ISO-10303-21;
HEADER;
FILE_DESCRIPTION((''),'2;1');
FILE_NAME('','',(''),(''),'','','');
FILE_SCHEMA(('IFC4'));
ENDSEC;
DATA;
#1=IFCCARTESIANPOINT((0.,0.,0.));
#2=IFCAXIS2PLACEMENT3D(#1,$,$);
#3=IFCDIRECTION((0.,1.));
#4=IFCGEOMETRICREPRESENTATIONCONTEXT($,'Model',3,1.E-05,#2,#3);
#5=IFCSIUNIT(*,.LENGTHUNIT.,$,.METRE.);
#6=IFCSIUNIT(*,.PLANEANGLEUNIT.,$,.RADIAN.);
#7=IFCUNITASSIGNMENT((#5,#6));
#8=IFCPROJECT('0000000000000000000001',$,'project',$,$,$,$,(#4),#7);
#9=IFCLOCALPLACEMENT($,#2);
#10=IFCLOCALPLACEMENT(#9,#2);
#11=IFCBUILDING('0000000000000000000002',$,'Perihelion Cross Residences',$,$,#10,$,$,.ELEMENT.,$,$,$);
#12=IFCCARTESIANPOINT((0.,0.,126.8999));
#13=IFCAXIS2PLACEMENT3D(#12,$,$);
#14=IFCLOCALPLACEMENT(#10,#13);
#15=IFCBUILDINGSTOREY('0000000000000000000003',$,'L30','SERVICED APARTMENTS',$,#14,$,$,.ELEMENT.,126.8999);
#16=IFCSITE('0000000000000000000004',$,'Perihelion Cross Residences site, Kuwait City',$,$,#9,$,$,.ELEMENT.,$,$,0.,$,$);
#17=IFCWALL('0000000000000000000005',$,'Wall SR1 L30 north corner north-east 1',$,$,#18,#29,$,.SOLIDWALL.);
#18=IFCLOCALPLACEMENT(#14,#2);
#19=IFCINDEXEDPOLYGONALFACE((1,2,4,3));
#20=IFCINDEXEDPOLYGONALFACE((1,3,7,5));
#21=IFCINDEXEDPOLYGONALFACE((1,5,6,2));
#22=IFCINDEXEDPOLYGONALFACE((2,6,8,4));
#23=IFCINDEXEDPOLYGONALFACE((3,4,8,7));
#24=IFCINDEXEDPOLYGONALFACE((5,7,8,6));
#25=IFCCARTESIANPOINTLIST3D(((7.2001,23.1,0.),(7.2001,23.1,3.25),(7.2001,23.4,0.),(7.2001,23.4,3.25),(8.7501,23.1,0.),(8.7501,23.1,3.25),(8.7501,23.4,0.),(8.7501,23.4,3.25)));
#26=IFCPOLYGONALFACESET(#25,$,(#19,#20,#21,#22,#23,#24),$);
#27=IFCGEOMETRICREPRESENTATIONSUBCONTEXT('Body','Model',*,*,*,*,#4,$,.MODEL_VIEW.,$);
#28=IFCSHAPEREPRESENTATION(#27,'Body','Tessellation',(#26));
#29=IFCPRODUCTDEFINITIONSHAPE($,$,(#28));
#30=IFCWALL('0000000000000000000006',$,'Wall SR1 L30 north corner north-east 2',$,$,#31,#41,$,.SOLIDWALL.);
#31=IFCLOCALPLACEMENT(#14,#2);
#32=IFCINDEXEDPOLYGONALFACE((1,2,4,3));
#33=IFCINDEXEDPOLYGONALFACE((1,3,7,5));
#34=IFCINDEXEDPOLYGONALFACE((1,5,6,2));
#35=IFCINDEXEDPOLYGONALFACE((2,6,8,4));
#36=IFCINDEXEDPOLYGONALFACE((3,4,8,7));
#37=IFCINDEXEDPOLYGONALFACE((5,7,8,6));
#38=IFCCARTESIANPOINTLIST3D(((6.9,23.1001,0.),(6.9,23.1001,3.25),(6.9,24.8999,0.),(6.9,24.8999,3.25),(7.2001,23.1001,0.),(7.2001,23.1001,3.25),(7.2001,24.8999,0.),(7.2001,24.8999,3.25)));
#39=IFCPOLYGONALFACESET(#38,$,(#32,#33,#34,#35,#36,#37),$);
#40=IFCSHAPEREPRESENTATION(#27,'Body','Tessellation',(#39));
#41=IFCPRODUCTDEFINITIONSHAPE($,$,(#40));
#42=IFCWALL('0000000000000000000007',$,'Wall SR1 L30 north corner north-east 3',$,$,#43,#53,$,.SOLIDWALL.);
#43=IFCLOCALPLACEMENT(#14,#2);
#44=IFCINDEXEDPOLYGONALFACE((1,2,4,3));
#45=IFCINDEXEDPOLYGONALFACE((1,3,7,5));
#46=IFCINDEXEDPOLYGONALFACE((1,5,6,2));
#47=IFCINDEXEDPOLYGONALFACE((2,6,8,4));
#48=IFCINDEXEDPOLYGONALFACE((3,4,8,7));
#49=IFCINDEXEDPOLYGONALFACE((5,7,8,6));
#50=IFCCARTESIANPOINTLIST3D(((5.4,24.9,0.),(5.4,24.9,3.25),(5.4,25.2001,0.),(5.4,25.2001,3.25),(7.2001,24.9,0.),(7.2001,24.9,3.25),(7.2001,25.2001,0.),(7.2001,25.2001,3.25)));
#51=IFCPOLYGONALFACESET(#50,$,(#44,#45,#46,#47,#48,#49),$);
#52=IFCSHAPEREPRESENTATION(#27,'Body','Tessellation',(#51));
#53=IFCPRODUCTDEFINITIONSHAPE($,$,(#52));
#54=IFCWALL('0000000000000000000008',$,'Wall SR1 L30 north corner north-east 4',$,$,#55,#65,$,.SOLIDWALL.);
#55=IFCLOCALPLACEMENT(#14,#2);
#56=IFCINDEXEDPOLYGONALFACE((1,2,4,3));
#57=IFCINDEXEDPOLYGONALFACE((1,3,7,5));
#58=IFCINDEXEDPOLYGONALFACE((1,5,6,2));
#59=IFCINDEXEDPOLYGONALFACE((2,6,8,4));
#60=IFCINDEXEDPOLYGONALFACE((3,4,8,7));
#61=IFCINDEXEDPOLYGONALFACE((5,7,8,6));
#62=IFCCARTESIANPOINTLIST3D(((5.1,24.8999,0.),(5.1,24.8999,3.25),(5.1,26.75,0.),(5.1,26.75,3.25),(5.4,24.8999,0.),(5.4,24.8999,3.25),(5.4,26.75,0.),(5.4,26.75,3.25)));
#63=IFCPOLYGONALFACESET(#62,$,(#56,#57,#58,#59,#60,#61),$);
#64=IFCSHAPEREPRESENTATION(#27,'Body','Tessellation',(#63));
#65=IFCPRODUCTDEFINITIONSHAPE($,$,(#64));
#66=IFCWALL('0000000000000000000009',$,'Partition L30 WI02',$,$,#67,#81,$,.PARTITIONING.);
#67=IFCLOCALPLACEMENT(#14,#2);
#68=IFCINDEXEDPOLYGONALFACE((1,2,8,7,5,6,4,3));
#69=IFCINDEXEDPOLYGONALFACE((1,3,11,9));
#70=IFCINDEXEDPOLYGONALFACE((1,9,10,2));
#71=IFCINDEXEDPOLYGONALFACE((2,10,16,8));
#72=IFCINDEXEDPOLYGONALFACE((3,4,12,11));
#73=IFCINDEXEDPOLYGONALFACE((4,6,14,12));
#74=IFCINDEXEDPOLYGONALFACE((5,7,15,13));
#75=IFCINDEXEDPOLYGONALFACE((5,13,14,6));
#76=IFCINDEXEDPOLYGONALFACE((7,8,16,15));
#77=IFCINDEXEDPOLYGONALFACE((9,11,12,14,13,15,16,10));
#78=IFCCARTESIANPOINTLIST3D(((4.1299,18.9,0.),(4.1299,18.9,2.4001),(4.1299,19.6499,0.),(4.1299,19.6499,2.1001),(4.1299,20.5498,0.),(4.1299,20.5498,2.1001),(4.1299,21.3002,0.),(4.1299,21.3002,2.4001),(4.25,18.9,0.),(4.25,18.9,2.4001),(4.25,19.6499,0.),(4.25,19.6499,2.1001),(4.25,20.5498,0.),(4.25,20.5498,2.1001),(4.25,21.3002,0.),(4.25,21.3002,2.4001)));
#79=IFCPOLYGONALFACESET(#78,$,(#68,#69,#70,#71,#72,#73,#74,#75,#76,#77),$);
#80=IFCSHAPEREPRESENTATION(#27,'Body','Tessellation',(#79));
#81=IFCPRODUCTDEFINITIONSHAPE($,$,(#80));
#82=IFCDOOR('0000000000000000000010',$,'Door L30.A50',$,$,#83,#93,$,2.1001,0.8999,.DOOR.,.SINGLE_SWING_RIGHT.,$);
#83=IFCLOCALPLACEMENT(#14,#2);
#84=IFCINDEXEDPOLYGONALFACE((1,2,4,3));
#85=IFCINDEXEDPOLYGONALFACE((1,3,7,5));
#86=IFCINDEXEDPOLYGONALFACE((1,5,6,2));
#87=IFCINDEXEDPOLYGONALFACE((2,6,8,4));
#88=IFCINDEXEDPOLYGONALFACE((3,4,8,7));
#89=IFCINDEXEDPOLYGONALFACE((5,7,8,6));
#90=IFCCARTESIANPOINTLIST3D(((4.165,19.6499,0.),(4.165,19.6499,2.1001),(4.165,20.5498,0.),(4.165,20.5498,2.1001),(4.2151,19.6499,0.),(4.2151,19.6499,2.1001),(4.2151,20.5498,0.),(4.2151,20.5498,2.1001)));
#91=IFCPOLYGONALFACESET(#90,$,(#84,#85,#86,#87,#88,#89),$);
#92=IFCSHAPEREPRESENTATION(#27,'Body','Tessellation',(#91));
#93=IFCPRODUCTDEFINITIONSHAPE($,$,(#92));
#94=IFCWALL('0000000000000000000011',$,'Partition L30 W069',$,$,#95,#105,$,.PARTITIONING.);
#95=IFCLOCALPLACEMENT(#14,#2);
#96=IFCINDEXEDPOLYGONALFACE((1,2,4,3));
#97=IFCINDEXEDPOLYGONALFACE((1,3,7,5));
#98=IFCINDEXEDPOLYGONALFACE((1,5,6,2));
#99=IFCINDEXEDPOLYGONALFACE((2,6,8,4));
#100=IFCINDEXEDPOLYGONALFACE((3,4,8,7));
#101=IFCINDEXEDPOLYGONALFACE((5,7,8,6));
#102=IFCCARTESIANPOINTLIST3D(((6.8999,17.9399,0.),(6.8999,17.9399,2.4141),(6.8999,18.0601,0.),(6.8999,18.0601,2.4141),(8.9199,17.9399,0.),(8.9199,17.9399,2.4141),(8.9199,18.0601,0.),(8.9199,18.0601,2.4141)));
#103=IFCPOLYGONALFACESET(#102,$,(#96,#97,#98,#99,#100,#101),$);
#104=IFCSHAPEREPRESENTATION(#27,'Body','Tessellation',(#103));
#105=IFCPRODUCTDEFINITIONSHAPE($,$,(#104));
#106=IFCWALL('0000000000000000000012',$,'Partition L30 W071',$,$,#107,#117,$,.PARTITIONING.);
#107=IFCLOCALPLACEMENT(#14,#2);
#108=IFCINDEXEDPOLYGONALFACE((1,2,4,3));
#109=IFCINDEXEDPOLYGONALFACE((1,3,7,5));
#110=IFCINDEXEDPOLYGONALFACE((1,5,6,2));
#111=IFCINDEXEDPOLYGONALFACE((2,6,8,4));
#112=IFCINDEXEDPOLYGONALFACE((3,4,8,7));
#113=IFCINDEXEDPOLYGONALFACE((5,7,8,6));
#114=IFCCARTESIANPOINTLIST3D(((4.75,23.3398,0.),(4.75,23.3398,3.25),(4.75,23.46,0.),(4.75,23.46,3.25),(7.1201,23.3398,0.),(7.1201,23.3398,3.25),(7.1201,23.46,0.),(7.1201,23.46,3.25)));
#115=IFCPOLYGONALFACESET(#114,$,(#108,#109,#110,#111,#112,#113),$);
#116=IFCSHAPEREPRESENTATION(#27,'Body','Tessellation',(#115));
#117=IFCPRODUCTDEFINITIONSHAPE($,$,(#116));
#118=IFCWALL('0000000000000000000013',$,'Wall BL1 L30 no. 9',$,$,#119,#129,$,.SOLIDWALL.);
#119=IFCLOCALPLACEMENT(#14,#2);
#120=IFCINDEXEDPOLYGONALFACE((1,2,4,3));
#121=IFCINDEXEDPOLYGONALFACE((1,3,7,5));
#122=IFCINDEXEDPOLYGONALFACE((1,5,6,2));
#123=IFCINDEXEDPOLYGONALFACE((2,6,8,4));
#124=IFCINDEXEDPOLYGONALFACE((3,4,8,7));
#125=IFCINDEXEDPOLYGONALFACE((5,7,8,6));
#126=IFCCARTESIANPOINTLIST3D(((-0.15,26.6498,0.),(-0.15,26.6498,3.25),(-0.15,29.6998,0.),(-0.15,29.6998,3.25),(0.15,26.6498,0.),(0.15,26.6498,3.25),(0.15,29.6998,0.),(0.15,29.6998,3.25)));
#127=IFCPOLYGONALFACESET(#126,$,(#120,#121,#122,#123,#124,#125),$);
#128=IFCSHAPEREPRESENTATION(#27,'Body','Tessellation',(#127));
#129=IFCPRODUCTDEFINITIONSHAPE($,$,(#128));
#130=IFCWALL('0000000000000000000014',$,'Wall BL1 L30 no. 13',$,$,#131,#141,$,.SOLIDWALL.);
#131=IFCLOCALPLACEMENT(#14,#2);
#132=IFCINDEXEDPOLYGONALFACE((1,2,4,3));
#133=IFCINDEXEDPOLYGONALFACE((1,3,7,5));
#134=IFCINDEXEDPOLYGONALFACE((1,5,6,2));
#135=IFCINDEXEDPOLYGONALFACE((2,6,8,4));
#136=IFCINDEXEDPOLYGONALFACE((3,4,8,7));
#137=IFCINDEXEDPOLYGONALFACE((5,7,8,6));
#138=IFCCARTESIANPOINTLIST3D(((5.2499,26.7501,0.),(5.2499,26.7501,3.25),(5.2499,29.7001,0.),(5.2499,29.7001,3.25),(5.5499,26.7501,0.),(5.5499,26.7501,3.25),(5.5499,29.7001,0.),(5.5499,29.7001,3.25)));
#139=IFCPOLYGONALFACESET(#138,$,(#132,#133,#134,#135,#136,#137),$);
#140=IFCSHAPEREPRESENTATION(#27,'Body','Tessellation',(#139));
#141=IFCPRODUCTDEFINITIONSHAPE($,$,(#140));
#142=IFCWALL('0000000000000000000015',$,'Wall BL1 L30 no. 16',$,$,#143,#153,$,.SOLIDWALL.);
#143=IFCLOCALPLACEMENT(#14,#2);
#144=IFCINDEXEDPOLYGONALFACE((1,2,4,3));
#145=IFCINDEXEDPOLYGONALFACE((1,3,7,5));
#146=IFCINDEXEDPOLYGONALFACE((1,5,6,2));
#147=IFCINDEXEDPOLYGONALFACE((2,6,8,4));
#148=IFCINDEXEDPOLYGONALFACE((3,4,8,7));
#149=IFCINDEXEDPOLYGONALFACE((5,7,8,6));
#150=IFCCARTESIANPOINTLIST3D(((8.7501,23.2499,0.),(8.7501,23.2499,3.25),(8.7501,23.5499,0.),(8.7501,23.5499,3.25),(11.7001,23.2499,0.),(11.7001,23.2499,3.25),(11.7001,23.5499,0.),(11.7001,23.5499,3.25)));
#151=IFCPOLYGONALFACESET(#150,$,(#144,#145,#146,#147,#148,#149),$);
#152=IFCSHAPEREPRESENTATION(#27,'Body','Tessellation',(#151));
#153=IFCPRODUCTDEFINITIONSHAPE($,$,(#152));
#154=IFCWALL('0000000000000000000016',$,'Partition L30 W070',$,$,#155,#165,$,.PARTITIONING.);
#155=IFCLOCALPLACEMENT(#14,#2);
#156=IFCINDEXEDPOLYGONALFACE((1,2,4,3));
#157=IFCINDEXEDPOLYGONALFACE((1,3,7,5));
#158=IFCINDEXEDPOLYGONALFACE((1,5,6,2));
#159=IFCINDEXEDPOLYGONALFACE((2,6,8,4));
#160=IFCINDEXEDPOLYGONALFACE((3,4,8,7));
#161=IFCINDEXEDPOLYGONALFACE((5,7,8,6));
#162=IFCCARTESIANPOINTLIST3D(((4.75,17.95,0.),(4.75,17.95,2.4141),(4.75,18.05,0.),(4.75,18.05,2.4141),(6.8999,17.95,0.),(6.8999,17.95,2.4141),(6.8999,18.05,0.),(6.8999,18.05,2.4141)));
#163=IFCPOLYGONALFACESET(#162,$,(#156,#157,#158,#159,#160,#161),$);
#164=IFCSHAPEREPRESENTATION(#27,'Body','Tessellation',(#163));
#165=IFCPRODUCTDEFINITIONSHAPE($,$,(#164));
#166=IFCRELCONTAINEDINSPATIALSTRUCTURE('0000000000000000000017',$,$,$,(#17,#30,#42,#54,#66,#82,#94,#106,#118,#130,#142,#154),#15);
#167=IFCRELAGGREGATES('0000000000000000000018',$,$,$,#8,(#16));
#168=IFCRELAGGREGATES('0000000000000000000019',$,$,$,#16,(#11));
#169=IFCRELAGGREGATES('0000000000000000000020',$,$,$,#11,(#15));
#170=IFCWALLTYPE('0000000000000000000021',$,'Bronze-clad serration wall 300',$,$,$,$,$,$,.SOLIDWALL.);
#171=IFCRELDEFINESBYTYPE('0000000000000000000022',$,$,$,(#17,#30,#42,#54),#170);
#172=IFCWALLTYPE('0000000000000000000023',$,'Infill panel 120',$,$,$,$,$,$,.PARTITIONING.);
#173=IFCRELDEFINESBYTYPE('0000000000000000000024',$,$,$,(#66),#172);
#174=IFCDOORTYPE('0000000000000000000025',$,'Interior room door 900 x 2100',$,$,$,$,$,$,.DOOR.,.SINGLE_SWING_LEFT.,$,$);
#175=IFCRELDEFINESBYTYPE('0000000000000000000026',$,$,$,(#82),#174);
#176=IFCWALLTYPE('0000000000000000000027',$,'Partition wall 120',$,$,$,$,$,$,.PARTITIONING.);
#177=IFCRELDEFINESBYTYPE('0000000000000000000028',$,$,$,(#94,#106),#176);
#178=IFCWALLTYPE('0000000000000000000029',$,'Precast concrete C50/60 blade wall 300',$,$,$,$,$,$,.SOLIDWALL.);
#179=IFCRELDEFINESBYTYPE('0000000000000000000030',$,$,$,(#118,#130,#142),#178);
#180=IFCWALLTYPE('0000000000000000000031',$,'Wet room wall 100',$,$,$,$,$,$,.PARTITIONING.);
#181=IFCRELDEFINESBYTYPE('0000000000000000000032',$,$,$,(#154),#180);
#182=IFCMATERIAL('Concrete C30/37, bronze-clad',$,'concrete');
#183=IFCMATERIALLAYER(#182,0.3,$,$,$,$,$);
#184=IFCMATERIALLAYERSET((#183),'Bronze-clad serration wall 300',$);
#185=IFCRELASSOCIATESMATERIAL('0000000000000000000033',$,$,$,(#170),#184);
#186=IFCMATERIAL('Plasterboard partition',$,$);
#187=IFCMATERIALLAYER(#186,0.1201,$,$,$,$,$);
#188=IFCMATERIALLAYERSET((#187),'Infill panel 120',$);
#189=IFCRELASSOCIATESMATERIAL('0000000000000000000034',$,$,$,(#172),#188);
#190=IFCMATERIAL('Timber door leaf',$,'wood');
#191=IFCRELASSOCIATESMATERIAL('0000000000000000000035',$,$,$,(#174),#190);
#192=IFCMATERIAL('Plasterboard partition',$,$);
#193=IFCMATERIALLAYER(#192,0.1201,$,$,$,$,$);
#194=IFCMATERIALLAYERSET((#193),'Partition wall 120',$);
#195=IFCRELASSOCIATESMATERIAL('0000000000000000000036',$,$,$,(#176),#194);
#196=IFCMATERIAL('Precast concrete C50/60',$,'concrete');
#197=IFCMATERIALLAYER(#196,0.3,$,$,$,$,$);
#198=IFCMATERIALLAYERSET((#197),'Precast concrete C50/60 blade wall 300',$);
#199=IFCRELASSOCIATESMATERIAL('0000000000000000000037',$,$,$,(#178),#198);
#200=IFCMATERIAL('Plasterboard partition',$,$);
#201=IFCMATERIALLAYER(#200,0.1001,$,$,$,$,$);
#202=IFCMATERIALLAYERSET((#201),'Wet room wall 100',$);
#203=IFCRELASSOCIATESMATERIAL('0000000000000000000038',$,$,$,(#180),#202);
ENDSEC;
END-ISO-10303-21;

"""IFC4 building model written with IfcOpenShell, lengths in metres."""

from ifc_helpers import new_model, si_unit, direction, frame, frame_2d, origin, place, context, subcontext, project, spatial, rectangle, extrude, material, layer, layer_set, type_object, element, fill, save


model = new_model("IFC4")

# Units and contexts
model_context = context("Model", 3, precision=1e-05, world=origin(), true_north=direction((0.0, 1.0)))
body_context = subcontext(model_context, "Body", "Model", "MODEL_VIEW")
ifc_project = project(units=[si_unit("LENGTHUNIT", "METRE"), si_unit("PLANEANGLEUNIT", "RADIAN")], contexts=[model_context])

# Site, building, storey
site_placement = place(None, origin())
site = spatial("IfcSite", under=ifc_project, at=site_placement, Name="Perihelion Cross Residences site, Kuwait City", CompositionType="ELEMENT", RefElevation=0.0)
building_placement = place(site_placement, origin())
building = spatial("IfcBuilding", under=site, at=building_placement, Name="Perihelion Cross Residences", CompositionType="ELEMENT")
storey_placement = place(building_placement, frame((0.0, 0.0, 126.8999)))
storey = spatial("IfcBuildingStorey", under=building, at=storey_placement, Name="L30", Description="SERVICED APARTMENTS", CompositionType="ELEMENT", Elevation=126.8999)

# Walls
ifc_material_1 = material(Name="Concrete C30/37, bronze-clad", Category="concrete")
ifc_layer_1 = layer(ifc_material_1, 0.3)
ifc_layer_set_1 = layer_set([ifc_layer_1], Name="Bronze-clad serration wall 300")
wall_type_1 = type_object("IfcWallType", Name="Bronze-clad serration wall 300", PredefinedType="SOLIDWALL", material=ifc_layer_set_1)
wall_1_placement = place(storey_placement, frame((8.75, 23.25, 0.0), z_axis=(0.0, 0.0, 1.0), x_axis=(-1.0, 0.0, 0.0)))
element("IfcWall", 1, at=wall_1_placement, inside=storey, type_object=wall_type_1, Name="Wall SR1 L30 north corner north-east 1", PredefinedType="SOLIDWALL", context=body_context, shape_type="SweptSolid", body=[
    extrude(rectangle(XDim=1.55, YDim=0.3, at=frame_2d((0.7749, 0.0))), origin(), (0.0, 0.0, 1.0), 3.25),
])
wall_2_placement = place(storey_placement, frame((7.05, 23.1001, 0.0), z_axis=(0.0, 0.0, 1.0), x_axis=(0.0, 1.0, 0.0)))
element("IfcWall", 2, at=wall_2_placement, inside=storey, type_object=wall_type_1, Name="Wall SR1 L30 north corner north-east 2", PredefinedType="SOLIDWALL", context=body_context, shape_type="SweptSolid", body=[
    extrude(rectangle(XDim=1.7998, YDim=0.3, at=frame_2d((0.8999, 0.0))), origin(), (0.0, 0.0, 1.0), 3.25),
])
wall_3_placement = place(storey_placement, frame((7.2, 25.05, 0.0), z_axis=(0.0, 0.0, 1.0), x_axis=(-1.0, 0.0, 0.0)))
element("IfcWall", 3, at=wall_3_placement, inside=storey, type_object=wall_type_1, Name="Wall SR1 L30 north corner north-east 3", PredefinedType="SOLIDWALL", context=body_context, shape_type="SweptSolid", body=[
    extrude(rectangle(XDim=1.8, YDim=0.3, at=frame_2d((0.8999, 0.0))), origin(), (0.0, 0.0, 1.0), 3.25),
])
wall_4_placement = place(storey_placement, frame((5.25, 24.8999, 0.0), z_axis=(0.0, 0.0, 1.0), x_axis=(0.0, 1.0, 0.0)))
element("IfcWall", 4, at=wall_4_placement, inside=storey, type_object=wall_type_1, Name="Wall SR1 L30 north corner north-east 4", PredefinedType="SOLIDWALL", context=body_context, shape_type="SweptSolid", body=[
    extrude(rectangle(XDim=1.8501, YDim=0.3, at=frame_2d((0.925, 0.0))), origin(), (0.0, 0.0, 1.0), 3.25),
])

# Wall, opening, door
ifc_material_2 = material(Name="Plasterboard partition")
ifc_layer_2 = layer(ifc_material_2, 0.1201)
ifc_layer_set_2 = layer_set([ifc_layer_2], Name="Infill panel 120")
wall_type_2 = type_object("IfcWallType", Name="Infill panel 120", PredefinedType="PARTITIONING", material=ifc_layer_set_2)
wall_5_placement = place(storey_placement, frame((4.1899, 18.8999, 0.0), z_axis=(0.0, 0.0, 1.0), x_axis=(0.0, 1.0, 0.0)))
wall_5 = element("IfcWall", 5, at=wall_5_placement, inside=storey, type_object=wall_type_2, Name="Partition L30 WI02", PredefinedType="PARTITIONING", context=body_context, shape_type="SweptSolid", body=[
    extrude(rectangle(XDim=2.4001, YDim=0.1201, at=frame_2d((1.2002, 0.0))), origin(), (0.0, 0.0, 1.0), 2.4001),
])
opening_1_placement = place(wall_5_placement, frame((0.75, 0.0, 0.0)))
opening_1 = element("IfcOpeningElement", 6, at=opening_1_placement, cuts=wall_5, PredefinedType="OPENING", context=body_context, shape_type="SweptSolid", body=[
    extrude(rectangle(XDim=0.8999, YDim=2.1001, at=frame_2d((0.45, 1.05))), frame((0.0, 0.0701, 0.0), z_axis=(0.0, -1.0, 0.0), x_axis=(1.0, 0.0, 0.0)), (0.0, 0.0, 1.0), 0.1401),
])
ifc_material_3 = material(Name="Timber door leaf", Category="wood")
door_type_1 = type_object("IfcDoorType", Name="Interior room door 900 x 2100", OperationType="SINGLE_SWING_LEFT", PredefinedType="DOOR", material=ifc_material_3)
door_1_placement = place(opening_1_placement, origin())
door_1 = element("IfcDoor", 7, at=door_1_placement, inside=storey, type_object=door_type_1, Name="Door L30.A50", OperationType="SINGLE_SWING_RIGHT", OverallHeight=2.1001, OverallWidth=0.8999, PredefinedType="DOOR", context=body_context, shape_type="SweptSolid", body=[
    extrude(rectangle(XDim=0.8999, YDim=2.1001, at=frame_2d((0.45, 1.05))), frame((0.0, 0.0249, 0.0), z_axis=(0.0, -1.0, 0.0), x_axis=(1.0, 0.0, 0.0)), (0.0, 0.0, 1.0), 0.05),
])
fill(opening_1, door_1)

# Walls
ifc_material_4 = material(Name="Plasterboard partition")
ifc_layer_3 = layer(ifc_material_4, 0.1201)
ifc_layer_set_3 = layer_set([ifc_layer_3], Name="Partition wall 120")
wall_type_3 = type_object("IfcWallType", Name="Partition wall 120", PredefinedType="PARTITIONING", material=ifc_layer_set_3)
wall_6_placement = place(storey_placement, frame((6.8999, 18.0, 0.0), z_axis=(0.0, 0.0, 1.0), x_axis=(1.0, 0.0, 0.0)))
element("IfcWall", 8, at=wall_6_placement, inside=storey, type_object=wall_type_3, Name="Partition L30 W069", PredefinedType="PARTITIONING", context=body_context, shape_type="SweptSolid", body=[
    extrude(rectangle(XDim=2.02, YDim=0.1201, at=frame_2d((1.01, 0.0))), origin(), (0.0, 0.0, 1.0), 2.4141),
])
wall_7_placement = place(storey_placement, frame((4.75, 23.3999, 0.0), z_axis=(0.0, 0.0, 1.0), x_axis=(1.0, 0.0, 0.0)))
element("IfcWall", 9, at=wall_7_placement, inside=storey, type_object=wall_type_3, Name="Partition L30 W071", PredefinedType="PARTITIONING", context=body_context, shape_type="SweptSolid", body=[
    extrude(rectangle(XDim=2.3701, YDim=0.1201, at=frame_2d((1.1851, 0.0))), origin(), (0.0, 0.0, 1.0), 3.25),
])
ifc_material_5 = material(Name="Precast concrete C50/60", Category="concrete")
ifc_layer_4 = layer(ifc_material_5, 0.3)
ifc_layer_set_4 = layer_set([ifc_layer_4], Name="Precast concrete C50/60 blade wall 300")
wall_type_4 = type_object("IfcWallType", Name="Precast concrete C50/60 blade wall 300", PredefinedType="SOLIDWALL", material=ifc_layer_set_4)
wall_8_placement = place(storey_placement, frame((0.0, 26.6499, 0.0), z_axis=(0.0, 0.0, 1.0), x_axis=(0.0, 1.0, 0.0)))
element("IfcWall", 10, at=wall_8_placement, inside=storey, type_object=wall_type_4, Name="Wall BL1 L30 no. 9", PredefinedType="SOLIDWALL", context=body_context, shape_type="SweptSolid", body=[
    extrude(rectangle(XDim=3.05, YDim=0.3, at=frame_2d((1.5249, 0.0))), origin(), (0.0, 0.0, 1.0), 3.25),
])
for number, where, z_axis, x_axis, name in (
    (11, (5.3999, 26.75, 0.0), (0.0, 0.0, 1.0), (0.0, 1.0, 0.0), "Wall BL1 L30 no. 13"),
    (12, (8.75, 23.3999, 0.0), (0.0, 0.0, 1.0), (1.0, 0.0, 0.0), "Wall BL1 L30 no. 16"),
):
    element("IfcWall", number, at=place(storey_placement, frame(where, z_axis=z_axis, x_axis=x_axis)), inside=storey, type_object=wall_type_4, Name=name, PredefinedType="SOLIDWALL", context=body_context, shape_type="SweptSolid", body=[
        extrude(rectangle(XDim=2.95, YDim=0.3, at=frame_2d((1.4751, 0.0))), origin(), (0.0, 0.0, 1.0), 3.25),
    ])
ifc_material_6 = material(Name="Plasterboard partition")
ifc_layer_5 = layer(ifc_material_6, 0.1001)
ifc_layer_set_5 = layer_set([ifc_layer_5], Name="Wet room wall 100")
wall_type_5 = type_object("IfcWallType", Name="Wet room wall 100", PredefinedType="PARTITIONING", material=ifc_layer_set_5)
wall_9_placement = place(storey_placement, frame((4.75, 18.0, 0.0), z_axis=(0.0, 0.0, 1.0), x_axis=(1.0, 0.0, 0.0)))
element("IfcWall", 13, at=wall_9_placement, inside=storey, type_object=wall_type_5, Name="Partition L30 W070", PredefinedType="PARTITIONING", context=body_context, shape_type="SweptSolid", body=[
    extrude(rectangle(XDim=2.1499, YDim=0.1001, at=frame_2d((1.075, 0.0))), origin(), (0.0, 0.0, 1.0), 2.4141),
])

save(model, "model.ifc")
